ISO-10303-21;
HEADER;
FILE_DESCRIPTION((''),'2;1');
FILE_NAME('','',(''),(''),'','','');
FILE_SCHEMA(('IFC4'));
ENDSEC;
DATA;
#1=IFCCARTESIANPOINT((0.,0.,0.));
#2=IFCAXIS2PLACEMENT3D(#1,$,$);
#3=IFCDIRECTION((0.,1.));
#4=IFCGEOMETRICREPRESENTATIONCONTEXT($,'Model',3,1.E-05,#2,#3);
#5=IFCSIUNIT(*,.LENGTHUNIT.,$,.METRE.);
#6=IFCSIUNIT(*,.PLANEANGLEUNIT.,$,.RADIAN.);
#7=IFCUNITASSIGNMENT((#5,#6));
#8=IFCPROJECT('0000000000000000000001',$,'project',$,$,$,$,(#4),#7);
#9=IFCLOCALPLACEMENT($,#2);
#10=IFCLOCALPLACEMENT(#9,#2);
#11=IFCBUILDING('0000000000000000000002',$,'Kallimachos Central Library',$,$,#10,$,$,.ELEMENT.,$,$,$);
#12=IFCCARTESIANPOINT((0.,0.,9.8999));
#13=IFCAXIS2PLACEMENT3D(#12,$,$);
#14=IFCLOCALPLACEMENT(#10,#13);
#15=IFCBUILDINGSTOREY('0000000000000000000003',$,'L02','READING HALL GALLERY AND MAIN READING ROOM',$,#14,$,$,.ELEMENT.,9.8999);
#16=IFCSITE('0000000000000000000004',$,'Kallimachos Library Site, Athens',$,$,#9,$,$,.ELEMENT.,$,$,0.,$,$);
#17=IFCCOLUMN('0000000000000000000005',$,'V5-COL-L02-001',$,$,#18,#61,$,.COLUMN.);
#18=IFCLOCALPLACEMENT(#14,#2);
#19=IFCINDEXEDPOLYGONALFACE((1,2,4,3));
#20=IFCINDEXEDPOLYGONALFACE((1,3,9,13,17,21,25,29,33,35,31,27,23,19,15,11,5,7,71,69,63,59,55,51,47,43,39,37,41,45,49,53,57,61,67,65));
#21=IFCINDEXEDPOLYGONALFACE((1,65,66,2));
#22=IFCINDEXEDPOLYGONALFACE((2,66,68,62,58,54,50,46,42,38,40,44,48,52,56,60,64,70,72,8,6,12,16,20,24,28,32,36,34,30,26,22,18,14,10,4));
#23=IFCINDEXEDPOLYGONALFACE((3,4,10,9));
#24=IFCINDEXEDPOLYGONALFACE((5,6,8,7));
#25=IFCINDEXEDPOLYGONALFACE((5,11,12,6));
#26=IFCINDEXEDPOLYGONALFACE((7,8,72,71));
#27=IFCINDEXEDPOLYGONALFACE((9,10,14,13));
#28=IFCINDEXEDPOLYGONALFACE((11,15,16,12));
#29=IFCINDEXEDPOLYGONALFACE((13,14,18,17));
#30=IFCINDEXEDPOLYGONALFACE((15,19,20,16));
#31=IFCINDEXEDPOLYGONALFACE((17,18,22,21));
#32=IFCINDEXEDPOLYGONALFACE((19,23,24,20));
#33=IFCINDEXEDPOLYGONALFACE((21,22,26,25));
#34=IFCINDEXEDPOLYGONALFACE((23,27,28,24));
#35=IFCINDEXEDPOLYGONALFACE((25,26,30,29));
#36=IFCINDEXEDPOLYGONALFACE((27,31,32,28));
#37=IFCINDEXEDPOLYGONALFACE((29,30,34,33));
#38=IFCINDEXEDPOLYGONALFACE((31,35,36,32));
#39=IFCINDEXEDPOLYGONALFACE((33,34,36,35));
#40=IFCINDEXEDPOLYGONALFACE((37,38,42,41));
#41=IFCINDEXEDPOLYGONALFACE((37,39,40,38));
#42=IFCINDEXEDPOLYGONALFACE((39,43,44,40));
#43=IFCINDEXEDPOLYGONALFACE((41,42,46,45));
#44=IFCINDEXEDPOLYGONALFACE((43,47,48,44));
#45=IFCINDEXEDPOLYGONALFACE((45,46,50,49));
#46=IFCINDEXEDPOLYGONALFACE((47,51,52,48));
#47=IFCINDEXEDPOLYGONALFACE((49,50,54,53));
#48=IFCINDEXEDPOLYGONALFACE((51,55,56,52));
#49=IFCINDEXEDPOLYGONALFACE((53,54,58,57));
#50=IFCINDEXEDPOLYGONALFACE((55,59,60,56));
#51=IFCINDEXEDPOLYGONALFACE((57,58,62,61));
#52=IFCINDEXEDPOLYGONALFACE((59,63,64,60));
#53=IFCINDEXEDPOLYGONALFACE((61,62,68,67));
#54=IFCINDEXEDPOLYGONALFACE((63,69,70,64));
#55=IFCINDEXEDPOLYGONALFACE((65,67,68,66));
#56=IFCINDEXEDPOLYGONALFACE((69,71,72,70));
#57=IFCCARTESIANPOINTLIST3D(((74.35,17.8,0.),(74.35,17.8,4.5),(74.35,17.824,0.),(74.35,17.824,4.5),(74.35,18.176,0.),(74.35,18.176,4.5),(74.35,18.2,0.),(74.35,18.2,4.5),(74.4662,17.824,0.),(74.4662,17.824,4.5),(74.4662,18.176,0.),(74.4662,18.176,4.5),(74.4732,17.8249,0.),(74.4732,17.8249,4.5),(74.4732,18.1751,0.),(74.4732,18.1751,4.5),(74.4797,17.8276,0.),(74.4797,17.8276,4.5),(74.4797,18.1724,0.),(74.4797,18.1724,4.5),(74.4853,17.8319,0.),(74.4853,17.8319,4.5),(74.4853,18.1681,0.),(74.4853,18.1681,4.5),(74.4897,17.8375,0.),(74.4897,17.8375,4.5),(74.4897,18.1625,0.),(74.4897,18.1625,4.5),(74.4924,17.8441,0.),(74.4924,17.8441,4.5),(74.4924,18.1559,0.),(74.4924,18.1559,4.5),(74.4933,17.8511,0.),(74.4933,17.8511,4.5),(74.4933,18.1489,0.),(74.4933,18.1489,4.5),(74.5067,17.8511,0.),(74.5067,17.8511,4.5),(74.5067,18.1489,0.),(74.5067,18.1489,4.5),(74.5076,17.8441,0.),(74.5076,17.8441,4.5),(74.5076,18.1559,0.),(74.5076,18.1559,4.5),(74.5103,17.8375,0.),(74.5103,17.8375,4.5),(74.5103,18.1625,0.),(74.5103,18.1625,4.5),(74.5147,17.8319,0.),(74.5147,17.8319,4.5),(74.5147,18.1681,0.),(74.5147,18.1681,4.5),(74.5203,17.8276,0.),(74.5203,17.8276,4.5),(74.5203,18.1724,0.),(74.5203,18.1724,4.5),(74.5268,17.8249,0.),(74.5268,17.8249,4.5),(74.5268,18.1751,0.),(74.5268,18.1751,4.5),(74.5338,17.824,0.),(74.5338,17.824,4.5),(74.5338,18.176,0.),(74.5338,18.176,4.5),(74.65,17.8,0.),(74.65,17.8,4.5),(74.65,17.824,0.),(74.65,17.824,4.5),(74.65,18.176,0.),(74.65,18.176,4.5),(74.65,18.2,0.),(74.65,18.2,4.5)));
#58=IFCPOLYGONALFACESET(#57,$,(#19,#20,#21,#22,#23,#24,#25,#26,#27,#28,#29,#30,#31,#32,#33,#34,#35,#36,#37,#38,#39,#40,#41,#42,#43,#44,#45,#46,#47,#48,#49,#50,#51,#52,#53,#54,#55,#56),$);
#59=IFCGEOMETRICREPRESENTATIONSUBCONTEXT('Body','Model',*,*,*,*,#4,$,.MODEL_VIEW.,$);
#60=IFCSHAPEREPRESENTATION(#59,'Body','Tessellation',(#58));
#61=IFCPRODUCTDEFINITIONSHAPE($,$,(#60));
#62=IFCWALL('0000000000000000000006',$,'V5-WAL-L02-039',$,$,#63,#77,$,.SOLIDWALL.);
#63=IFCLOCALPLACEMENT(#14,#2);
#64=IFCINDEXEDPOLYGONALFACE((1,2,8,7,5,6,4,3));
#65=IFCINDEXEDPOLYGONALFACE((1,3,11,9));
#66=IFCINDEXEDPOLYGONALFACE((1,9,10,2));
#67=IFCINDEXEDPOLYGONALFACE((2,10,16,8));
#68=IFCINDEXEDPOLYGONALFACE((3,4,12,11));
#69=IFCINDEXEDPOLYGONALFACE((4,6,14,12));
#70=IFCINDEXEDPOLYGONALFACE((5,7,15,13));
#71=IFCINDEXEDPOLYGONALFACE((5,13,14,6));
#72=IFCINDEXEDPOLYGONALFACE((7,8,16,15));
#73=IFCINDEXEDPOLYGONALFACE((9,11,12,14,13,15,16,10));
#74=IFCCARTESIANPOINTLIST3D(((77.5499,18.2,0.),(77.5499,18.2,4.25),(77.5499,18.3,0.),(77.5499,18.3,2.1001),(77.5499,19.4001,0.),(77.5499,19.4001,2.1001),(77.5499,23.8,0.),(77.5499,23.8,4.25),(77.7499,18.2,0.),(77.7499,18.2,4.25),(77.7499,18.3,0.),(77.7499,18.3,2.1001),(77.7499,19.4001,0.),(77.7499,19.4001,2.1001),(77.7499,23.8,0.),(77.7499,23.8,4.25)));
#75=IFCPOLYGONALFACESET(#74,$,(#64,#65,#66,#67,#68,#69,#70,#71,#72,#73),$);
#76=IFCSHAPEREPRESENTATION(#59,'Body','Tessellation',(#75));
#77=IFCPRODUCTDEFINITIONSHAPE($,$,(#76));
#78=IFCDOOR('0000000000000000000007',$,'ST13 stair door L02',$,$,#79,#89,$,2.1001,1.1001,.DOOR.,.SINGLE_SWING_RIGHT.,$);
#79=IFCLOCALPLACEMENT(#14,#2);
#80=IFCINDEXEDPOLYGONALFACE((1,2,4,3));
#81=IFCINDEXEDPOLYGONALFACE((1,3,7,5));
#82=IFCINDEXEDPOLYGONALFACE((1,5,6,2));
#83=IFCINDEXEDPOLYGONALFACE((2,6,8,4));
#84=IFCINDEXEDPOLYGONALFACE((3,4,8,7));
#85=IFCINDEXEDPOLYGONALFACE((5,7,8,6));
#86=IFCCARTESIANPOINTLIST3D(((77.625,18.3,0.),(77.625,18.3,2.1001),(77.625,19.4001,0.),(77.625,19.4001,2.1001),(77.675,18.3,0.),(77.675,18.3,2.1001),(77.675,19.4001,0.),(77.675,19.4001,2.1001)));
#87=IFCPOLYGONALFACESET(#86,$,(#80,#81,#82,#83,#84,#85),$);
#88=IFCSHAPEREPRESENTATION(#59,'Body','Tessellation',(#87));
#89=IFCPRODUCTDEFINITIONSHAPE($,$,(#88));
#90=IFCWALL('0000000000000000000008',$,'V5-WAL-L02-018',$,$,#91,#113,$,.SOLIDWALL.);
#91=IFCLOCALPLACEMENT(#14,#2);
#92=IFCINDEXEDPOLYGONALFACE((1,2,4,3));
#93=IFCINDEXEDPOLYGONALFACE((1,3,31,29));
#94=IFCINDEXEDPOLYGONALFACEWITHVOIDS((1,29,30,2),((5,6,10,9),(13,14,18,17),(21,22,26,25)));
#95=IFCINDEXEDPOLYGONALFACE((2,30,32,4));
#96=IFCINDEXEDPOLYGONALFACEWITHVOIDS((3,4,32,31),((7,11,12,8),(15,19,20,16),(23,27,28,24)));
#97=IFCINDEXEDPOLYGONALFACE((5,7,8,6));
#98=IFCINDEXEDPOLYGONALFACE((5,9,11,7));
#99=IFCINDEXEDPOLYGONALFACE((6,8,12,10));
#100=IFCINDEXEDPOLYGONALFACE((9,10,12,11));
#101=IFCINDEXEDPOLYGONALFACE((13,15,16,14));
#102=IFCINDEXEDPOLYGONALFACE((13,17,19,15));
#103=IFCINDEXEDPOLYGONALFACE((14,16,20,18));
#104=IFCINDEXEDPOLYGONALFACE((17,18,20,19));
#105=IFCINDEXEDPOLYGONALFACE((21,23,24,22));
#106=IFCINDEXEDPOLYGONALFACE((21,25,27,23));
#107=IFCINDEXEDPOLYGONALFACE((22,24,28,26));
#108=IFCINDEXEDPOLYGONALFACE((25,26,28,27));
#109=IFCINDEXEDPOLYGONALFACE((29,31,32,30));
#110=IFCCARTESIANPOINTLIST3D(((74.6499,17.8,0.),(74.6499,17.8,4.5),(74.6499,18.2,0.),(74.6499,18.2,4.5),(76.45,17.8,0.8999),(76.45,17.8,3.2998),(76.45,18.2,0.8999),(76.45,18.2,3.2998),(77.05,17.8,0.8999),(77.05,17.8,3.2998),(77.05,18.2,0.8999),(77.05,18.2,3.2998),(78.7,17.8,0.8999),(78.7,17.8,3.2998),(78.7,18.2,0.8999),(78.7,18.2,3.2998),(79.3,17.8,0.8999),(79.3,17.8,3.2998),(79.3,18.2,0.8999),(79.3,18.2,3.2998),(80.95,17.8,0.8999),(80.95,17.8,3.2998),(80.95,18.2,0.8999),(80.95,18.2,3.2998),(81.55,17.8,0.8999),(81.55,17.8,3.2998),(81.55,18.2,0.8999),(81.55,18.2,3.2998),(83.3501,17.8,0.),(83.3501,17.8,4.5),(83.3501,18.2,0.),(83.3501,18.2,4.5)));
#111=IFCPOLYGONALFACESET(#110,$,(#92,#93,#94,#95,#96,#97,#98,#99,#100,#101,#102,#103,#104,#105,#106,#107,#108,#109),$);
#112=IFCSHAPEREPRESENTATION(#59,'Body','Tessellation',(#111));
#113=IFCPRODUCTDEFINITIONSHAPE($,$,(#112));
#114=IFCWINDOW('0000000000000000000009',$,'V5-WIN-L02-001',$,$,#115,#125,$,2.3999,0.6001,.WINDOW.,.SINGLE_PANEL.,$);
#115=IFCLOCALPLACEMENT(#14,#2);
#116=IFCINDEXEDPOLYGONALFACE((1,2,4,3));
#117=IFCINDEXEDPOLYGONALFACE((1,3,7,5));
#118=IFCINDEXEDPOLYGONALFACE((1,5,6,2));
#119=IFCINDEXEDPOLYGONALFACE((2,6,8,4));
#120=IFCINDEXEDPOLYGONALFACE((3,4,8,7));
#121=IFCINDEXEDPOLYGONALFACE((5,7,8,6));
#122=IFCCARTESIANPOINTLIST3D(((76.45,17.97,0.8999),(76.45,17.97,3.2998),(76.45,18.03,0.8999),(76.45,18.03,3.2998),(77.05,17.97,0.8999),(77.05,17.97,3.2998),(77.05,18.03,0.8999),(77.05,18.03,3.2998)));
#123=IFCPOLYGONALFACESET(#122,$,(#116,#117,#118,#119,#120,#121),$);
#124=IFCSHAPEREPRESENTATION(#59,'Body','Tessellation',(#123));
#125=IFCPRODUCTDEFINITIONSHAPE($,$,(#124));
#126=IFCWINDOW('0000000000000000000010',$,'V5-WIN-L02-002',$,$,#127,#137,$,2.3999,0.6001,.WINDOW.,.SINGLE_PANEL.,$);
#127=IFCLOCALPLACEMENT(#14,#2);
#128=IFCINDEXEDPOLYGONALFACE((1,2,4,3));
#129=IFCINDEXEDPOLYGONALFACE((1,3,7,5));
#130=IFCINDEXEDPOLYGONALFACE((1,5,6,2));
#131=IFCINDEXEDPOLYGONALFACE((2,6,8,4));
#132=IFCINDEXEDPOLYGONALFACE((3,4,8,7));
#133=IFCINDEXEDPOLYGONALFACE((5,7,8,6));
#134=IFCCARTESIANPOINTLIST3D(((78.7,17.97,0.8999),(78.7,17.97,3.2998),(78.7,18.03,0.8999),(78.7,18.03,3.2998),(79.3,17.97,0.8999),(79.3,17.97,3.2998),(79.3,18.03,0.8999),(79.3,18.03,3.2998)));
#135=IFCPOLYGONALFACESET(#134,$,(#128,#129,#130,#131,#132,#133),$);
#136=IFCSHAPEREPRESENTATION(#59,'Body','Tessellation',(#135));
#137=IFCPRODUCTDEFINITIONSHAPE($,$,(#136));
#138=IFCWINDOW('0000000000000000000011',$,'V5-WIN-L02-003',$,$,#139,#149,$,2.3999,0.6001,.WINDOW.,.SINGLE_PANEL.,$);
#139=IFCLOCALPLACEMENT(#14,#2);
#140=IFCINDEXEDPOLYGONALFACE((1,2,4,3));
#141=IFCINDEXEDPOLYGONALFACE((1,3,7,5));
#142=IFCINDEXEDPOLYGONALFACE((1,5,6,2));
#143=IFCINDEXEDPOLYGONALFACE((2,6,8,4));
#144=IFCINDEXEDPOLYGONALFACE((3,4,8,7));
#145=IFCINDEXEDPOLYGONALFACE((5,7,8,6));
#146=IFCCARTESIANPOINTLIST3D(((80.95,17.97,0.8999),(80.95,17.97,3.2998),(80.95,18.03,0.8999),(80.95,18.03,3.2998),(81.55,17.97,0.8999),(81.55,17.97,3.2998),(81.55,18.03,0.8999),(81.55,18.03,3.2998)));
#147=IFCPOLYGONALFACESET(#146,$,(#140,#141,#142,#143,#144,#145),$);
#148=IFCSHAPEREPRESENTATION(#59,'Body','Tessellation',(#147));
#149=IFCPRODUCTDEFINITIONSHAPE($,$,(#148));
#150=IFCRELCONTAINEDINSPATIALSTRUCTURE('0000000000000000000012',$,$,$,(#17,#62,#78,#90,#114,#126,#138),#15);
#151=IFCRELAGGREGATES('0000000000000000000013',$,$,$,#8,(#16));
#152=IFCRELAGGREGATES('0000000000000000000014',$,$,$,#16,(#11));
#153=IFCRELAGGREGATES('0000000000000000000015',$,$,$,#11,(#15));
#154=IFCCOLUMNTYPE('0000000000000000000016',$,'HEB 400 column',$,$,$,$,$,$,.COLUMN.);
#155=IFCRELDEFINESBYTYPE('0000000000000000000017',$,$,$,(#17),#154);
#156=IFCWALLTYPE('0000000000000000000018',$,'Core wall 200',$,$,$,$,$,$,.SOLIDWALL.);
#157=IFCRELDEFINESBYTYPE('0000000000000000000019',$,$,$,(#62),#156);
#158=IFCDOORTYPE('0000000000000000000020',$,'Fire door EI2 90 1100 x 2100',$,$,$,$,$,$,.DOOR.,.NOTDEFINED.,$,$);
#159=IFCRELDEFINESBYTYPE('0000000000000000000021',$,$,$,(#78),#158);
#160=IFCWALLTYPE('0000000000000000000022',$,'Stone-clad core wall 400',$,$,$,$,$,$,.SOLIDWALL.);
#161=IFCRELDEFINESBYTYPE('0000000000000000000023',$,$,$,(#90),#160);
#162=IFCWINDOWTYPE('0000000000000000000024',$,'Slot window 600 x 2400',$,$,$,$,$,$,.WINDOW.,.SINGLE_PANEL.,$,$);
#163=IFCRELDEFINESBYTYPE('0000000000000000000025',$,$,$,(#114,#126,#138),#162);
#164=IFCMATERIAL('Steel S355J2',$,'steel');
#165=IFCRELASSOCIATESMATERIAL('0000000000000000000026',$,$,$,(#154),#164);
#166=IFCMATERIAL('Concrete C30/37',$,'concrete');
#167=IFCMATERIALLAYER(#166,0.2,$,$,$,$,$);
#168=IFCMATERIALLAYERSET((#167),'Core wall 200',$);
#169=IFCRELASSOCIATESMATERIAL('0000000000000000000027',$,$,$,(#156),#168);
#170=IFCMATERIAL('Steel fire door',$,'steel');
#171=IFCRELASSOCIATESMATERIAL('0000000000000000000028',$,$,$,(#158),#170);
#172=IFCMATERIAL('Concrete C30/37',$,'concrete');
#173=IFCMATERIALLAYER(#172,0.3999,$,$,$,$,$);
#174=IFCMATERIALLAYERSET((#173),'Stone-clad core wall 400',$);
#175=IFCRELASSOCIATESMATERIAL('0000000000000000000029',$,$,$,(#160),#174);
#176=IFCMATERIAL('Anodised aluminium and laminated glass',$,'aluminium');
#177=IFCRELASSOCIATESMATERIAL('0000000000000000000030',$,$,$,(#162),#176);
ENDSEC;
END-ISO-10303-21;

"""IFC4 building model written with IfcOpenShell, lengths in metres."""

from ifc_helpers import new_model, si_unit, direction, frame, frame_2d, origin, origin_2d, place, context, subcontext, project, spatial, rectangle, i_section, extrude, material, layer, layer_set, material_profile, profile_set, type_object, element, fill, save


model = new_model("IFC4")

# Units and contexts
model_context = context("Model", 3, precision=1e-05, world=origin(), true_north=direction((0.0, 1.0)))
body_context = subcontext(model_context, "Body", "Model", "MODEL_VIEW")
ifc_project = project(units=[si_unit("LENGTHUNIT", "METRE"), si_unit("PLANEANGLEUNIT", "RADIAN")], contexts=[model_context])

# Site, building, storey
site_placement = place(None, origin())
site = spatial("IfcSite", under=ifc_project, at=site_placement, Name="Kallimachos Library Site, Athens", CompositionType="ELEMENT", RefElevation=0.0)
building_placement = place(site_placement, origin())
building = spatial("IfcBuilding", under=site, at=building_placement, Name="Kallimachos Central Library", CompositionType="ELEMENT")
storey_placement = place(building_placement, frame((0.0, 0.0, 9.8999)))
storey = spatial("IfcBuildingStorey", under=building, at=storey_placement, Name="L02", Description="READING HALL GALLERY AND MAIN READING ROOM", CompositionType="ELEMENT", Elevation=9.8999)

# Column
ifc_material_1 = material(Name="Steel S355J2", Category="steel")
ifc_material_profile = material_profile(ifc_material_1, i_section(OverallWidth=0.3, OverallDepth=0.3999, WebThickness=0.0134, FlangeThickness=0.0239, FilletRadius=0.0271, at=origin_2d()), Name="HEB 400")
ifc_profile_set = profile_set([ifc_material_profile], Name="Steel S355J2")
column_type = type_object("IfcColumnType", Name="HEB 400 column", PredefinedType="COLUMN", material=ifc_profile_set)
column_placement = place(storey_placement, frame((74.5, 18.0, 0.0), z_axis=(0.0, 0.0, 1.0), x_axis=(1.0, 0.0, 0.0)))
element("IfcColumn", 1, at=column_placement, inside=storey, type_object=column_type, Name="V5-COL-L02-001", PredefinedType="COLUMN", context=body_context, shape_type="SweptSolid", body=[
    extrude(i_section(OverallWidth=0.3, OverallDepth=0.3999, WebThickness=0.0134, FlangeThickness=0.0239, FilletRadius=0.0271, at=origin_2d()), origin(), (0.0, 0.0, 1.0), 4.5),
])

# Wall, opening, door
ifc_material_2 = material(Name="Concrete C30/37", Category="concrete")
ifc_layer_1 = layer(ifc_material_2, 0.2)
ifc_layer_set_1 = layer_set([ifc_layer_1], Name="Core wall 200")
wall_type_1 = type_object("IfcWallType", Name="Core wall 200", PredefinedType="SOLIDWALL", material=ifc_layer_set_1)
wall_1_placement = place(storey_placement, frame((77.6499, 18.2, 0.0), z_axis=(0.0, 0.0, 1.0), x_axis=(0.0, 1.0, 0.0)))
wall_1 = element("IfcWall", 2, at=wall_1_placement, inside=storey, type_object=wall_type_1, Name="V5-WAL-L02-039", PredefinedType="SOLIDWALL", context=body_context, shape_type="SweptSolid", body=[
    extrude(rectangle(XDim=5.6001, YDim=0.2, at=frame_2d((2.8, 0.0))), origin(), (0.0, 0.0, 1.0), 4.25),
])
opening_1_placement = place(wall_1_placement, frame((0.1001, 0.0, 0.0)))
opening_1 = element("IfcOpeningElement", 3, at=opening_1_placement, cuts=wall_1, PredefinedType="OPENING", context=body_context, shape_type="SweptSolid", body=[
    extrude(rectangle(XDim=1.1001, YDim=2.1001, at=frame_2d((0.55, 1.05))), frame((0.0, 0.1099, 0.0), z_axis=(0.0, -1.0, 0.0), x_axis=(1.0, 0.0, 0.0)), (0.0, 0.0, 1.0), 0.22),
])
ifc_material_3 = material(Name="Steel fire door", Category="steel")
door_type = type_object("IfcDoorType", Name="Fire door EI2 90 1100 x 2100", OperationType="NOTDEFINED", PredefinedType="DOOR", material=ifc_material_3)
door_placement = place(opening_1_placement, origin())
door = element("IfcDoor", 4, at=door_placement, inside=storey, type_object=door_type, Name="ST13 stair door L02", OperationType="SINGLE_SWING_RIGHT", OverallHeight=2.1001, OverallWidth=1.1001, PredefinedType="DOOR", context=body_context, shape_type="SweptSolid", body=[
    extrude(rectangle(XDim=1.1001, YDim=2.1001, at=frame_2d((0.55, 1.05))), frame((0.0, 0.0249, 0.0), z_axis=(0.0, -1.0, 0.0), x_axis=(1.0, 0.0, 0.0)), (0.0, 0.0, 1.0), 0.05),
])
fill(opening_1, door)

# Wall, openings, windows
ifc_material_4 = material(Name="Concrete C30/37", Category="concrete")
ifc_layer_2 = layer(ifc_material_4, 0.3999)
ifc_layer_set_2 = layer_set([ifc_layer_2], Name="Stone-clad core wall 400")
wall_type_2 = type_object("IfcWallType", Name="Stone-clad core wall 400", PredefinedType="SOLIDWALL", material=ifc_layer_set_2)
wall_2_placement = place(storey_placement, frame((74.6499, 18.0, 0.0), z_axis=(0.0, 0.0, 1.0), x_axis=(1.0, 0.0, 0.0)))
wall_2 = element("IfcWall", 5, at=wall_2_placement, inside=storey, type_object=wall_type_2, Name="V5-WAL-L02-018", PredefinedType="SOLIDWALL", context=body_context, shape_type="SweptSolid", body=[
    extrude(rectangle(XDim=8.7002, YDim=0.3999, at=frame_2d((4.3501, 0.0))), origin(), (0.0, 0.0, 1.0), 4.5),
])
opening_2_placement = place(wall_2_placement, frame((1.8, 0.0, 0.8999)))
opening_2 = element("IfcOpeningElement", 6, at=opening_2_placement, cuts=wall_2, PredefinedType="OPENING", context=body_context, shape_type="SweptSolid", body=[
    extrude(rectangle(XDim=0.6001, YDim=2.3999, at=frame_2d((0.3, 1.2))), frame((0.0, 0.21, 0.0), z_axis=(0.0, -1.0, 0.0), x_axis=(1.0, 0.0, 0.0)), (0.0, 0.0, 1.0), 0.4199),
])
opening_3_placement = place(wall_2_placement, frame((4.05, 0.0, 0.8999)))
opening_3 = element("IfcOpeningElement", 7, at=opening_3_placement, cuts=wall_2, PredefinedType="OPENING", context=body_context, shape_type="SweptSolid", body=[
    extrude(rectangle(XDim=0.6001, YDim=2.3999, at=frame_2d((0.3, 1.2))), frame((0.0, 0.21, 0.0), z_axis=(0.0, -1.0, 0.0), x_axis=(1.0, 0.0, 0.0)), (0.0, 0.0, 1.0), 0.4199),
])
opening_4_placement = place(wall_2_placement, frame((6.3, 0.0, 0.8999)))
opening_4 = element("IfcOpeningElement", 8, at=opening_4_placement, cuts=wall_2, PredefinedType="OPENING", context=body_context, shape_type="SweptSolid", body=[
    extrude(rectangle(XDim=0.6001, YDim=2.3999, at=frame_2d((0.3, 1.2))), frame((0.0, 0.21, 0.0), z_axis=(0.0, -1.0, 0.0), x_axis=(1.0, 0.0, 0.0)), (0.0, 0.0, 1.0), 0.4199),
])
ifc_material_5 = material(Name="Anodised aluminium and laminated glass", Category="aluminium")
window_type = type_object("IfcWindowType", Name="Slot window 600 x 2400", PartitioningType="SINGLE_PANEL", PredefinedType="WINDOW", material=ifc_material_5)
window_1_placement = place(opening_2_placement, origin())
window_1 = element("IfcWindow", 9, at=window_1_placement, inside=storey, type_object=window_type, Name="V5-WIN-L02-001", OverallHeight=2.3999, OverallWidth=0.6001, PartitioningType="SINGLE_PANEL", PredefinedType="WINDOW", context=body_context, shape_type="SweptSolid", body=[
    extrude(rectangle(XDim=0.6001, YDim=2.3999, at=frame_2d((0.3, 1.2))), frame((0.0, 0.03, 0.0), z_axis=(0.0, -1.0, 0.0), x_axis=(1.0, 0.0, 0.0)), (0.0, 0.0, 1.0), 0.0601),
])
fill(opening_2, window_1)
window_2_placement = place(opening_3_placement, origin())
window_2 = element("IfcWindow", 10, at=window_2_placement, inside=storey, type_object=window_type, Name="V5-WIN-L02-002", OverallHeight=2.3999, OverallWidth=0.6001, PartitioningType="SINGLE_PANEL", PredefinedType="WINDOW", context=body_context, shape_type="SweptSolid", body=[
    extrude(rectangle(XDim=0.6001, YDim=2.3999, at=frame_2d((0.3, 1.2))), frame((0.0, 0.03, 0.0), z_axis=(0.0, -1.0, 0.0), x_axis=(1.0, 0.0, 0.0)), (0.0, 0.0, 1.0), 0.0601),
])
fill(opening_3, window_2)
window_3_placement = place(opening_4_placement, origin())
window_3 = element("IfcWindow", 11, at=window_3_placement, inside=storey, type_object=window_type, Name="V5-WIN-L02-003", OverallHeight=2.3999, OverallWidth=0.6001, PartitioningType="SINGLE_PANEL", PredefinedType="WINDOW", context=body_context, shape_type="SweptSolid", body=[
    extrude(rectangle(XDim=0.6001, YDim=2.3999, at=frame_2d((0.3, 1.2))), frame((0.0, 0.03, 0.0), z_axis=(0.0, -1.0, 0.0), x_axis=(1.0, 0.0, 0.0)), (0.0, 0.0, 1.0), 0.0601),
])
fill(opening_4, window_3)

save(model, "model.ifc")
